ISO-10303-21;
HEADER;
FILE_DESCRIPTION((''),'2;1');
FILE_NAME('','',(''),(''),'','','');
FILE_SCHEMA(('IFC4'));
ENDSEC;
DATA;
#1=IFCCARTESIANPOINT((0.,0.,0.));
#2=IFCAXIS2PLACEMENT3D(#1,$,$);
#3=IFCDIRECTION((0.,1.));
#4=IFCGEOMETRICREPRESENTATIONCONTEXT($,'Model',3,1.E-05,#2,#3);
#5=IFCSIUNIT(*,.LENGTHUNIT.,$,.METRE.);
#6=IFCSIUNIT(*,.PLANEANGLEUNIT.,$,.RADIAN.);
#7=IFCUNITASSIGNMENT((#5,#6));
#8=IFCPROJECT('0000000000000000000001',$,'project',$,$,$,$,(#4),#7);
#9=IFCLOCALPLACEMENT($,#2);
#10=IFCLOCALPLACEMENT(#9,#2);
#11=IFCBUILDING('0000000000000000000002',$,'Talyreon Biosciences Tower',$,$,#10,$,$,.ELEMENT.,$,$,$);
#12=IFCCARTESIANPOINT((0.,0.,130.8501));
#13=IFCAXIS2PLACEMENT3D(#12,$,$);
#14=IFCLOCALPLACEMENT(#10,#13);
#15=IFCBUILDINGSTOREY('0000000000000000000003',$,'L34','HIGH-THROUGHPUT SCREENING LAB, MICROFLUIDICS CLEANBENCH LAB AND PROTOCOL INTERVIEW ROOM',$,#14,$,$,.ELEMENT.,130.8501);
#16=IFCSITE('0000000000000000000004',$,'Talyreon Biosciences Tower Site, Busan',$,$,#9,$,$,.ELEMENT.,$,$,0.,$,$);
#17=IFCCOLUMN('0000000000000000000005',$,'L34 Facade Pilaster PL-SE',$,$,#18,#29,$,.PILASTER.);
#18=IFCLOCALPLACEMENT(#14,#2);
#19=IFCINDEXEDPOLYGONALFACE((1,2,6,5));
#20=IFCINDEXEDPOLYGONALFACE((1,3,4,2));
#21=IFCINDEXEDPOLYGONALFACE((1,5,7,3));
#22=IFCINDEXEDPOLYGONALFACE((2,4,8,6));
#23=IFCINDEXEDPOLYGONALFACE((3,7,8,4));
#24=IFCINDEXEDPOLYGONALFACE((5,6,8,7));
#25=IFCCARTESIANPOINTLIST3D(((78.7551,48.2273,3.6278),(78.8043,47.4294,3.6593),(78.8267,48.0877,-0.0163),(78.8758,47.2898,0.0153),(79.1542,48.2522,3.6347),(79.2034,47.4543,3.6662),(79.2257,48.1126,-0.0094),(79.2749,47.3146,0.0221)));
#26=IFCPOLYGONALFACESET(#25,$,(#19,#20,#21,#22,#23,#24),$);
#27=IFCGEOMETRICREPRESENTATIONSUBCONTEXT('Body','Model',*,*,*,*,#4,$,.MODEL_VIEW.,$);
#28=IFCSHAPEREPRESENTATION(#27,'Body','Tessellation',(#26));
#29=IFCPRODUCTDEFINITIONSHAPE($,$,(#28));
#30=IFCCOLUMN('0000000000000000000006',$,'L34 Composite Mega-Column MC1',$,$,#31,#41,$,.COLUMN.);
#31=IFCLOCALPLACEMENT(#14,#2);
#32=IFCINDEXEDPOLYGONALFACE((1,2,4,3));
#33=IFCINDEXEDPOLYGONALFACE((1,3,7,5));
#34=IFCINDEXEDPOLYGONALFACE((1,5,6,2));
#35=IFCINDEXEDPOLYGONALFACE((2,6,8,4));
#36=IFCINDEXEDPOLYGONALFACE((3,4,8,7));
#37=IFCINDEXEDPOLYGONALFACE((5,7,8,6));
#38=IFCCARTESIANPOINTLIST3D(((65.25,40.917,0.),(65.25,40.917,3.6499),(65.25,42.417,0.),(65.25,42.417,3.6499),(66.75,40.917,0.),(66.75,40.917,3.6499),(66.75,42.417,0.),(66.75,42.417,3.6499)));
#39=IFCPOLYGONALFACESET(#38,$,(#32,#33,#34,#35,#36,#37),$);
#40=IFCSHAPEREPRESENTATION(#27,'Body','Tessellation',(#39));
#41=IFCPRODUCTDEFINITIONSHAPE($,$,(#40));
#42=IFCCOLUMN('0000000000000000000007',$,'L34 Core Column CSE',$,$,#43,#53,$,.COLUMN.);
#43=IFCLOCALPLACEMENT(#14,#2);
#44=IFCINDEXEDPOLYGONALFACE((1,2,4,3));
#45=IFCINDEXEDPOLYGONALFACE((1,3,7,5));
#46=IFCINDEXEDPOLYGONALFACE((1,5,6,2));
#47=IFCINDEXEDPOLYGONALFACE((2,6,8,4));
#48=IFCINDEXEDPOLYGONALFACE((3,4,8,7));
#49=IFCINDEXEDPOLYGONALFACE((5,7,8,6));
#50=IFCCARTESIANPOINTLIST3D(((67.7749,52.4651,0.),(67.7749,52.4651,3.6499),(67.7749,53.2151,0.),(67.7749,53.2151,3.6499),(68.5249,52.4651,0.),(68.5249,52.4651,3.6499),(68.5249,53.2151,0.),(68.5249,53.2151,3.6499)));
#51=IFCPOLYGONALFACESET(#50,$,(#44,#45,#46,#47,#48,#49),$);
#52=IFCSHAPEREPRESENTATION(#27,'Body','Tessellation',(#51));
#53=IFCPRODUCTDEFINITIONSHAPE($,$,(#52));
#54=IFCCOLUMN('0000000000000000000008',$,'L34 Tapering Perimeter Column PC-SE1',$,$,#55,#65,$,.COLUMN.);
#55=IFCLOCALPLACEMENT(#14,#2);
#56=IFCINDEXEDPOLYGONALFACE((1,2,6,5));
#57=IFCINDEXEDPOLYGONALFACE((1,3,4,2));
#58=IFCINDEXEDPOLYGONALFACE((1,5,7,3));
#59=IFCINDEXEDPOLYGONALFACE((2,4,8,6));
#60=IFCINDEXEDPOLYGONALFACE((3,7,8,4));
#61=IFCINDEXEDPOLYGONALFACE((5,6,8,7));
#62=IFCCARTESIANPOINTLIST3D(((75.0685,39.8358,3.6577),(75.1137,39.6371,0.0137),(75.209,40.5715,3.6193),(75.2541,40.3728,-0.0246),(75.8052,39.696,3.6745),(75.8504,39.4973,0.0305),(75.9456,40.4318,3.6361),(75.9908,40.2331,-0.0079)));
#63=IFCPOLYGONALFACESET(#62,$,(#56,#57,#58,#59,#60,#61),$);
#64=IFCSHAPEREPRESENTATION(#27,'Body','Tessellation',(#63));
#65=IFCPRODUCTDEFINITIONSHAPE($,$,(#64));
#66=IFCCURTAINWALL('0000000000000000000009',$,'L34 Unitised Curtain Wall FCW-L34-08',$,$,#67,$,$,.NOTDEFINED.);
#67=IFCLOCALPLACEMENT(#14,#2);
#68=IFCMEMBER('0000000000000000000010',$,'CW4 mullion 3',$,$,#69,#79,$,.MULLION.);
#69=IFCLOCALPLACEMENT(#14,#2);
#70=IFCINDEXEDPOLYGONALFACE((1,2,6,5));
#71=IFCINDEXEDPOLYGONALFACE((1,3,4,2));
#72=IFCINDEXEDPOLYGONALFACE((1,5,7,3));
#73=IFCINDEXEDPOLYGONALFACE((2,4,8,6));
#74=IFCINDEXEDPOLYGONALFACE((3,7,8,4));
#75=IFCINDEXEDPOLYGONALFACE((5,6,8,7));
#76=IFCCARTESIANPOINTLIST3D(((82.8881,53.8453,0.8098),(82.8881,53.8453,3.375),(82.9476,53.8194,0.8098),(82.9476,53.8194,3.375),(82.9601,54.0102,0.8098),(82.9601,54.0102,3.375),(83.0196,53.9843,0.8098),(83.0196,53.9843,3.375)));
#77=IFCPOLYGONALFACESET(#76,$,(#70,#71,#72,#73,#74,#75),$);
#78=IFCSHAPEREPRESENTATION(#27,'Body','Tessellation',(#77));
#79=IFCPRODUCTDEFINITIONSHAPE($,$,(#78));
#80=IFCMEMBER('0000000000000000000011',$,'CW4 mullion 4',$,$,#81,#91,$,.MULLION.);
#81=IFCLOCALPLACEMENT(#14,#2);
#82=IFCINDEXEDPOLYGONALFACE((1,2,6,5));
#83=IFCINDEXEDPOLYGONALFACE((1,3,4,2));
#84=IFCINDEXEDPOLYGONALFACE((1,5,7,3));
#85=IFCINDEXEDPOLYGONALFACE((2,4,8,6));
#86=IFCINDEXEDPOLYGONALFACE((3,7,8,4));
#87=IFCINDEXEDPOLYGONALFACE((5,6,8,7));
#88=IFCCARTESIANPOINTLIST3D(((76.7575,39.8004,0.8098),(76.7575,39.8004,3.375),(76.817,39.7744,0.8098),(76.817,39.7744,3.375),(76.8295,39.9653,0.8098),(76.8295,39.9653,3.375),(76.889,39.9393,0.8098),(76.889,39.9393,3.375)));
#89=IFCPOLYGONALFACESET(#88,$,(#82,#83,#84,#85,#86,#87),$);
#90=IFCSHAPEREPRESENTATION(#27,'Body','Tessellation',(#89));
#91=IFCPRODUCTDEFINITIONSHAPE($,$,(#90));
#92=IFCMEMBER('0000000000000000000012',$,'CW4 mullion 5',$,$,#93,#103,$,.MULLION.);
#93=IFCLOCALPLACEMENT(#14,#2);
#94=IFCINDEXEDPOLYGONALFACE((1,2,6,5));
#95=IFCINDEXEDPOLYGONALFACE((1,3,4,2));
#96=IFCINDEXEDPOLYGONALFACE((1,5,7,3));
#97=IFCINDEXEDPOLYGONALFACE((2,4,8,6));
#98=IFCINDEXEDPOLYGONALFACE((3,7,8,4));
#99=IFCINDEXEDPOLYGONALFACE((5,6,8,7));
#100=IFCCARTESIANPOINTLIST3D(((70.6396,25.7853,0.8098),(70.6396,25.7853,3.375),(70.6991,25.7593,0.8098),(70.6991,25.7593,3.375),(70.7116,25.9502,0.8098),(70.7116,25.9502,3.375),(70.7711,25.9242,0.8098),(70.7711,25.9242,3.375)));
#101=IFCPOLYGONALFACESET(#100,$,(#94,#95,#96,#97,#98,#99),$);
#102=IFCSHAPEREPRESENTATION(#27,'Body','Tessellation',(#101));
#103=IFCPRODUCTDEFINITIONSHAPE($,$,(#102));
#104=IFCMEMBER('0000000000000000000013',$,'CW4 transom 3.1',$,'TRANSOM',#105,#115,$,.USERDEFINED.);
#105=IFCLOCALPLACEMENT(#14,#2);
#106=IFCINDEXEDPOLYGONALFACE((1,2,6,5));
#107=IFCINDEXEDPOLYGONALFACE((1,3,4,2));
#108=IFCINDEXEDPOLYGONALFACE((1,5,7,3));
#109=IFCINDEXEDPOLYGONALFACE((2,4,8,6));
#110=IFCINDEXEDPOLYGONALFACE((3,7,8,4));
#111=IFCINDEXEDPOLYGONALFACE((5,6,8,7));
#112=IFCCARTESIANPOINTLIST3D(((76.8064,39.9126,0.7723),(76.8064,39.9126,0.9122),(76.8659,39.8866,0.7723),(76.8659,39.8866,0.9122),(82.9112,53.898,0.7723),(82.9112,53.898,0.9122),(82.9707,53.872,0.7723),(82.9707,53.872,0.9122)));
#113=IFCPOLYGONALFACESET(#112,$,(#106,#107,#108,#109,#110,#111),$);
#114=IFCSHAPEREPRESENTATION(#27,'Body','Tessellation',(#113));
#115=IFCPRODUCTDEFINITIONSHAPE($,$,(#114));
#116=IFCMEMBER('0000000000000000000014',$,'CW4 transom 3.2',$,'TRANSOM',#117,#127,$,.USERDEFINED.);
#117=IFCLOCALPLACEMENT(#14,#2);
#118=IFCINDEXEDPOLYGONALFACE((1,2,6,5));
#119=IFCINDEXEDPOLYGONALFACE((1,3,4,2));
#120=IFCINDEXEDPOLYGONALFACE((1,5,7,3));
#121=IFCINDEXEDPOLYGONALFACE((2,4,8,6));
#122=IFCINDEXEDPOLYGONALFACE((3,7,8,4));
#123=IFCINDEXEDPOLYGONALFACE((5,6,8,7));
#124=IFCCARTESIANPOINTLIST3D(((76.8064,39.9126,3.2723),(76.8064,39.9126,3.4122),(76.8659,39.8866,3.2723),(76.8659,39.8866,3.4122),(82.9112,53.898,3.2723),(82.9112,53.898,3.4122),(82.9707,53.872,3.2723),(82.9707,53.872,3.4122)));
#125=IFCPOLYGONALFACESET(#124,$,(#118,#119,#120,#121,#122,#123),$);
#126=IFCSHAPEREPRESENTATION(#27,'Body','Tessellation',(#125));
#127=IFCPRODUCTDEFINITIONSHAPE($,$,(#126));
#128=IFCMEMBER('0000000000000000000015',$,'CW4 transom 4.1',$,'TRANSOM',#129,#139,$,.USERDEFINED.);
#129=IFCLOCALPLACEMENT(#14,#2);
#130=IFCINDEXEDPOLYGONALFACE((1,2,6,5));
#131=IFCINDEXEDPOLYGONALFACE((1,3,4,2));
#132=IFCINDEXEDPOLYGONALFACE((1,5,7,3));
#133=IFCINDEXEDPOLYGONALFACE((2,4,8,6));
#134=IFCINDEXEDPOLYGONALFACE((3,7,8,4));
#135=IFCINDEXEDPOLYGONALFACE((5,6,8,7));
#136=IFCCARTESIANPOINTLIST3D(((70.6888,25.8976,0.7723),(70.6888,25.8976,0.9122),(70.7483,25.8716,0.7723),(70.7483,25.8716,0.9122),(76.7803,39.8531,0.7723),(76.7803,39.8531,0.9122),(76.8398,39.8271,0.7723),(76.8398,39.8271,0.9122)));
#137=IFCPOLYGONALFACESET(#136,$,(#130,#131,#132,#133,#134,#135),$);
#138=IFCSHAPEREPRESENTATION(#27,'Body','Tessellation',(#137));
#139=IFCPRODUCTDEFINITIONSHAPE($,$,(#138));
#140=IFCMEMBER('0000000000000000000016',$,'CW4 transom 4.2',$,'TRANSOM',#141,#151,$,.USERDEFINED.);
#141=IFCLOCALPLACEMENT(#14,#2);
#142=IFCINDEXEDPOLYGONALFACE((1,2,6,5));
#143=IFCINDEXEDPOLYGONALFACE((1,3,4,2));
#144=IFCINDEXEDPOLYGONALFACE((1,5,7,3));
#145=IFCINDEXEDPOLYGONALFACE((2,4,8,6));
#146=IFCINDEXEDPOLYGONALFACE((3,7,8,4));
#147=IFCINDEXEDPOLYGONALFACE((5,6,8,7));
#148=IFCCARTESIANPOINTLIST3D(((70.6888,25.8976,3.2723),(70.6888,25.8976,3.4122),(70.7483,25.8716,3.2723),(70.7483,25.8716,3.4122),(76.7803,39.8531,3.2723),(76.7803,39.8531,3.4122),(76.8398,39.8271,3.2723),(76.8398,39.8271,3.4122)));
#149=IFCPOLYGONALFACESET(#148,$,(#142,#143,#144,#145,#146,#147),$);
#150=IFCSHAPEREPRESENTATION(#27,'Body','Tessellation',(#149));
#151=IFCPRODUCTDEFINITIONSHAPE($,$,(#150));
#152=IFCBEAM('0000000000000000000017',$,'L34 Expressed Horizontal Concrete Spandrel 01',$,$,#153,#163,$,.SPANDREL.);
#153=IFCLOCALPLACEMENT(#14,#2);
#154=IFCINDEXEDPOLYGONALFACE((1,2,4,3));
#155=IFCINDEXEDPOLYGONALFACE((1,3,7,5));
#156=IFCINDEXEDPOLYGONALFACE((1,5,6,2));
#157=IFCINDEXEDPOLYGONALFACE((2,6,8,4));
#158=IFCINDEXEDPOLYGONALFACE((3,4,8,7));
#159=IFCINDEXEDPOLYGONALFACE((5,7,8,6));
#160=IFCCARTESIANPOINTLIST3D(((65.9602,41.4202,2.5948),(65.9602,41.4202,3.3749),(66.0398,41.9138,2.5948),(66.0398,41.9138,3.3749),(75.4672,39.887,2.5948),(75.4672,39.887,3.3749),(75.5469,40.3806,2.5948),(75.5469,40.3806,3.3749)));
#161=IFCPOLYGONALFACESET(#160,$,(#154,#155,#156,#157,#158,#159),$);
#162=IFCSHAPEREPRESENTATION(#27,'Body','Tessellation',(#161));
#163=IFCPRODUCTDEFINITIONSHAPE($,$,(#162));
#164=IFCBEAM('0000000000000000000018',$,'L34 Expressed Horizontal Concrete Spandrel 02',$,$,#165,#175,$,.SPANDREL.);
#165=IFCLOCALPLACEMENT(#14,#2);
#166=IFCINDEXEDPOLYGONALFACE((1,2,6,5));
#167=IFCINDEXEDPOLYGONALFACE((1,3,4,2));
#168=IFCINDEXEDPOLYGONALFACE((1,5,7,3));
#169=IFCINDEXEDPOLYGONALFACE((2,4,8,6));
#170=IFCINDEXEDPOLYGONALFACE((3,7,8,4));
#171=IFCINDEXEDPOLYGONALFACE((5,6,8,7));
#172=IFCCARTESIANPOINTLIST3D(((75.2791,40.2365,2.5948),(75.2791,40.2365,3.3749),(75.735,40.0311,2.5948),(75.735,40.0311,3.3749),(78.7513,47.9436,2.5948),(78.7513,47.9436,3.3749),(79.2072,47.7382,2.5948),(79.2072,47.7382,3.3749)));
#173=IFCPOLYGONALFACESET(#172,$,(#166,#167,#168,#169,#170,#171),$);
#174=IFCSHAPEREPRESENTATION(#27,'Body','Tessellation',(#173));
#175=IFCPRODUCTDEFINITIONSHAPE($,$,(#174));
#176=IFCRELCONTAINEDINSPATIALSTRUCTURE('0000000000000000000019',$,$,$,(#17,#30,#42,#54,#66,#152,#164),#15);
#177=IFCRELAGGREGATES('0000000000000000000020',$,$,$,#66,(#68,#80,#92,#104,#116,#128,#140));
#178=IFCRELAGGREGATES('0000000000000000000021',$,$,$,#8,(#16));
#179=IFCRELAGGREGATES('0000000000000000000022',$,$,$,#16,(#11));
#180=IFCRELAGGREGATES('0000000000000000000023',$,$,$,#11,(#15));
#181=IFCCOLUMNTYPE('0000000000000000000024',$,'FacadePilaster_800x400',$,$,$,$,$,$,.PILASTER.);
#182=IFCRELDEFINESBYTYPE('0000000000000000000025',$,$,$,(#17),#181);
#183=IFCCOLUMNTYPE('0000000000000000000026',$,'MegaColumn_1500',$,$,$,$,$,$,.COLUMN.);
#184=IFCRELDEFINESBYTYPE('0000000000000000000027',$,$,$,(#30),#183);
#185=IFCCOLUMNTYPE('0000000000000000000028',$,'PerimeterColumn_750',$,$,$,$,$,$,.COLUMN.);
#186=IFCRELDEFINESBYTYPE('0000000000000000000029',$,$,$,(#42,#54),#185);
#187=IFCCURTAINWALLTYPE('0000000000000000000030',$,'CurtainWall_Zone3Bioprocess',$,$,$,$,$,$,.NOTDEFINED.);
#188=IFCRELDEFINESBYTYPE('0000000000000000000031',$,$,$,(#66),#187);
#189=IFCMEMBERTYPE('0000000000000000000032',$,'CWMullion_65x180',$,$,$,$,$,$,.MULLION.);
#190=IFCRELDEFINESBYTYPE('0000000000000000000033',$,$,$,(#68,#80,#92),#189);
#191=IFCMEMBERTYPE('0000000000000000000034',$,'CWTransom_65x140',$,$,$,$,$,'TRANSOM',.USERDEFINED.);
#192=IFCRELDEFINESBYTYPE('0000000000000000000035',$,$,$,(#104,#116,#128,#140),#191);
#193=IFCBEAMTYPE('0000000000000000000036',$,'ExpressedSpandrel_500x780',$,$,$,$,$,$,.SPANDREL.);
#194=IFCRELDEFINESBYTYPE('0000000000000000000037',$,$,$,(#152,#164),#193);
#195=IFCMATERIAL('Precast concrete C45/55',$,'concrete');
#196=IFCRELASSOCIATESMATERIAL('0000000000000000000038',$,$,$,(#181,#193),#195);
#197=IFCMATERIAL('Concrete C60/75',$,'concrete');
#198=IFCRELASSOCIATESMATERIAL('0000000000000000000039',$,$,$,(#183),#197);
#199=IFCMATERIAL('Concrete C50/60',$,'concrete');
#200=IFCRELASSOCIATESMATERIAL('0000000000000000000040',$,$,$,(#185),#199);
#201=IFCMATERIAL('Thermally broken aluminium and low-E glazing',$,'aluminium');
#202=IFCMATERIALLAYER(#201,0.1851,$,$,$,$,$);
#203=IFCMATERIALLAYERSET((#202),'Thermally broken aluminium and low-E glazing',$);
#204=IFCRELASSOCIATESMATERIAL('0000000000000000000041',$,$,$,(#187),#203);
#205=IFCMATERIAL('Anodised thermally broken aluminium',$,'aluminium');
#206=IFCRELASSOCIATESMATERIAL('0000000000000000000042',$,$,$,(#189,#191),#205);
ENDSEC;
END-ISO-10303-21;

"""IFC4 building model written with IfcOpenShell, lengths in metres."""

from ifc_helpers import new_model, si_unit, direction, frame, origin, origin_2d, place, context, subcontext, project, spatial, rectangle, extrude, material, layer, layer_set, material_profile, profile_set, type_object, element, aggregate, save


model = new_model("IFC4")

# Units and contexts
model_context = context("Model", 3, precision=1e-05, world=origin(), true_north=direction((0.0, 1.0)))
body_context = subcontext(model_context, "Body", "Model", "MODEL_VIEW")
ifc_project = project(units=[si_unit("LENGTHUNIT", "METRE"), si_unit("PLANEANGLEUNIT", "RADIAN")], contexts=[model_context])

# Site, building, storey
site_placement = place(None, origin())
site = spatial("IfcSite", under=ifc_project, at=site_placement, Name="Talyreon Biosciences Tower Site, Busan", CompositionType="ELEMENT", RefElevation=0.0)
building_placement = place(site_placement, origin())
building = spatial("IfcBuilding", under=site, at=building_placement, Name="Talyreon Biosciences Tower", CompositionType="ELEMENT")
storey_placement = place(building_placement, frame((0.0, 0.0, 130.8501)))
storey = spatial("IfcBuildingStorey", under=building, at=storey_placement, Name="L34", Description="HIGH-THROUGHPUT SCREENING LAB, MICROFLUIDICS CLEANBENCH LAB AND PROTOCOL INTERVIEW ROOM", CompositionType="ELEMENT", Elevation=130.8501)

# Columns
ifc_material_1 = material(Name="Precast concrete C45/55", Category="concrete")
ifc_material_profile_1 = material_profile(ifc_material_1, rectangle(XDim=0.8, YDim=0.3999, at=origin_2d()), Name="RC 800x400")
ifc_profile_set_1 = profile_set([ifc_material_profile_1], Name="Precast concrete C45/55")
column_type_1 = type_object("IfcColumnType", Name="FacadePilaster_800x400", PredefinedType="PILASTER", material=ifc_profile_set_1)
column_1_placement = place(storey_placement, frame((79.0508, 47.7012, 0.0029), z_axis=(-0.019612, 0.038287, 0.999074), x_axis=(0.06145, -0.997331, 0.039426)))
element("IfcColumn", 1, at=column_1_placement, inside=storey, type_object=column_type_1, Name="L34 Facade Pilaster PL-SE", PredefinedType="PILASTER", context=body_context, shape_type="SweptSolid", body=[
    extrude(rectangle(XDim=0.8, YDim=0.3999, at=origin_2d()), origin(), (0.0, 0.0, 1.0), 3.6475),
])
ifc_material_2 = material(Name="Concrete C60/75", Category="concrete")
ifc_material_profile_2 = material_profile(ifc_material_2, rectangle(XDim=1.5, YDim=1.5, at=origin_2d()), Name="RC 1500x1500")
ifc_profile_set_2 = profile_set([ifc_material_profile_2], Name="Concrete C60/75")
column_type_2 = type_object("IfcColumnType", Name="MegaColumn_1500", PredefinedType="COLUMN", material=ifc_profile_set_2)
column_2_placement = place(storey_placement, frame((66.0, 41.667, 0.0), z_axis=(0.0, 0.0, 1.0), x_axis=(1.0, 0.0, 0.0)))
element("IfcColumn", 2, at=column_2_placement, inside=storey, type_object=column_type_2, Name="L34 Composite Mega-Column MC1", PredefinedType="COLUMN", context=body_context, shape_type="SweptSolid", body=[
    extrude(rectangle(XDim=1.5, YDim=1.5, at=origin_2d()), origin(), (0.0, 0.0, 1.0), 3.6499),
])
ifc_material_3 = material(Name="Concrete C50/60", Category="concrete")
ifc_material_profile_3 = material_profile(ifc_material_3, rectangle(XDim=0.75, YDim=0.75, at=origin_2d()), Name="RC 750x750")
ifc_profile_set_3 = profile_set([ifc_material_profile_3], Name="Concrete C50/60")
column_type_3 = type_object("IfcColumnType", Name="PerimeterColumn_750", PredefinedType="COLUMN", material=ifc_profile_set_3)
column_3_placement = place(storey_placement, frame((68.1499, 52.8401, 0.0), z_axis=(0.0, 0.0, 1.0), x_axis=(1.0, 0.0, 0.0)))
element("IfcColumn", 3, at=column_3_placement, inside=storey, type_object=column_type_3, Name="L34 Core Column CSE", PredefinedType="COLUMN", context=body_context, shape_type="SweptSolid", body=[
    extrude(rectangle(XDim=0.75, YDim=0.75, at=origin_2d()), origin(), (0.0, 0.0, 1.0), 3.6499),
])
column_4_placement = place(storey_placement, frame((75.5522, 39.9351, 0.0029), z_axis=(-0.012375, 0.054451, 0.99844), x_axis=(-0.187248, -0.980979, 0.051178)))
element("IfcColumn", 4, at=column_4_placement, inside=storey, type_object=column_type_3, Name="L34 Tapering Perimeter Column PC-SE1", PredefinedType="COLUMN", context=body_context, shape_type="SweptSolid", body=[
    extrude(rectangle(XDim=0.75, YDim=0.75, at=origin_2d()), origin(), (0.0, 0.0, 1.0), 3.6497),
])

# Curtain wall, members
ifc_material_4 = material(Name="Thermally broken aluminium and low-E glazing", Category="aluminium")
ifc_layer_1 = layer(ifc_material_4, 0.1851)
ifc_layer_set_1 = layer_set([ifc_layer_1], Name="Thermally broken aluminium and low-E glazing")
curtain_wall_type = type_object("IfcCurtainWallType", Name="CurtainWall_Zone3Bioprocess", PredefinedType="NOTDEFINED", material=ifc_layer_set_1)
curtain_wall_placement = place(storey_placement, origin())
curtain_wall = element("IfcCurtainWall", 5, at=curtain_wall_placement, inside=storey, type_object=curtain_wall_type, Name="L34 Unitised Curtain Wall FCW-L34-08", PredefinedType="NOTDEFINED")
ifc_material_5 = material(Name="Anodised thermally broken aluminium", Category="aluminium")
ifc_material_profile_4 = material_profile(ifc_material_5, rectangle(XDim=0.0649, YDim=0.1799, at=origin_2d()), Name="ALUM MULLION 65x180")
ifc_profile_set_4 = profile_set([ifc_material_profile_4], Name="Anodised thermally broken aluminium")
member_type_1 = type_object("IfcMemberType", Name="CWMullion_65x180", PredefinedType="MULLION", material=ifc_profile_set_4)
member_1_placement = place(storey_placement, frame((82.9539, 53.9148, 0.8098), z_axis=(0.0, 0.0, 1.0), x_axis=(0.91649, -0.400058, 0.0)))
member_1 = element("IfcMember", 6, at=member_1_placement, type_object=member_type_1, Name="CW4 mullion 3", PredefinedType="MULLION", context=body_context, shape_type="SweptSolid", body=[
    extrude(rectangle(XDim=0.0649, YDim=0.1799, at=origin_2d()), origin(), (0.0, 0.0, 1.0), 2.5652),
])
member_2_placement = place(storey_placement, frame((76.8232, 39.8699, 0.8098), z_axis=(0.0, 0.0, 1.0), x_axis=(0.91649, -0.400058, 0.0)))
member_2 = element("IfcMember", 7, at=member_2_placement, type_object=member_type_1, Name="CW4 mullion 4", PredefinedType="MULLION", context=body_context, shape_type="SweptSolid", body=[
    extrude(rectangle(XDim=0.0649, YDim=0.1799, at=origin_2d()), origin(), (0.0, 0.0, 1.0), 2.5652),
])
member_3_placement = place(storey_placement, frame((70.7053, 25.8547, 0.8098), z_axis=(0.0, 0.0, 1.0), x_axis=(0.91649, -0.400058, 0.0)))
member_3 = element("IfcMember", 8, at=member_3_placement, type_object=member_type_1, Name="CW4 mullion 5", PredefinedType="MULLION", context=body_context, shape_type="SweptSolid", body=[
    extrude(rectangle(XDim=0.0649, YDim=0.1799, at=origin_2d()), origin(), (0.0, 0.0, 1.0), 2.5652),
])
ifc_material_profile_5 = material_profile(ifc_material_5, rectangle(XDim=0.0649, YDim=0.1399, at=origin_2d()), Name="ALUM TRANSOM 65x140")
ifc_profile_set_5 = profile_set([ifc_material_profile_5], Name="Anodised thermally broken aluminium")
member_type_2 = type_object("IfcMemberType", Name="CWTransom_65x140", ElementType="TRANSOM", PredefinedType="USERDEFINED", material=ifc_profile_set_5)
member_4_placement = place(storey_placement, frame((82.9409, 53.885, 0.8423), z_axis=(-0.400057, -0.91649, 0.0), x_axis=(0.91649, -0.400057, 0.0)))
member_4 = element("IfcMember", 9, at=member_4_placement, type_object=member_type_2, Name="CW4 transom 3.1", ObjectType="TRANSOM", PredefinedType="USERDEFINED", context=body_context, shape_type="SweptSolid", body=[
    extrude(rectangle(XDim=0.0649, YDim=0.1399, at=origin_2d()), origin(), (0.0, 0.0, 1.0), 15.2598),
])
member_5_placement = place(storey_placement, frame((82.9409, 53.885, 3.3423), z_axis=(-0.400057, -0.91649, 0.0), x_axis=(0.91649, -0.400057, 0.0)))
member_5 = element("IfcMember", 10, at=member_5_placement, type_object=member_type_2, Name="CW4 transom 3.2", ObjectType="TRANSOM", PredefinedType="USERDEFINED", context=body_context, shape_type="SweptSolid", body=[
    extrude(rectangle(XDim=0.0649, YDim=0.1399, at=origin_2d()), origin(), (0.0, 0.0, 1.0), 15.2598),
])
member_6_placement = place(storey_placement, frame((76.8101, 39.8401, 0.8423), z_axis=(-0.400047, -0.916495, 0.0), x_axis=(0.916495, -0.400047, 0.0)))
member_6 = element("IfcMember", 11, at=member_6_placement, type_object=member_type_2, Name="CW4 transom 4.1", ObjectType="TRANSOM", PredefinedType="USERDEFINED", context=body_context, shape_type="SweptSolid", body=[
    extrude(rectangle(XDim=0.0649, YDim=0.1399, at=origin_2d()), origin(), (0.0, 0.0, 1.0), 15.2271),
])
member_7_placement = place(storey_placement, frame((76.8101, 39.8401, 3.3423), z_axis=(-0.400047, -0.916495, 0.0), x_axis=(0.916495, -0.400047, 0.0)))
member_7 = element("IfcMember", 12, at=member_7_placement, type_object=member_type_2, Name="CW4 transom 4.2", ObjectType="TRANSOM", PredefinedType="USERDEFINED", context=body_context, shape_type="SweptSolid", body=[
    extrude(rectangle(XDim=0.0649, YDim=0.1399, at=origin_2d()), origin(), (0.0, 0.0, 1.0), 15.2271),
])

# Beams
ifc_material_profile_6 = material_profile(ifc_material_1, rectangle(XDim=0.5, YDim=0.78, at=origin_2d()), Name="RCB 500x780")
ifc_profile_set_6 = profile_set([ifc_material_profile_6], Name="Precast concrete C45/55")
beam_type_1 = type_object("IfcBeamType", Name="ExpressedSpandrel_500x780", PredefinedType="SPANDREL", material=ifc_profile_set_6)
beam_1_placement = place(storey_placement, frame((66.0, 41.667, 2.9849), z_axis=(0.987244, -0.159213, 0.0), x_axis=(0.159213, 0.987244, 0.0)))
element("IfcBeam", 13, at=beam_1_placement, inside=storey, type_object=beam_type_1, Name="L34 Expressed Horizontal Concrete Spandrel 01", PredefinedType="SPANDREL", context=body_context, shape_type="SweptSolid", body=[
    extrude(rectangle(XDim=0.5, YDim=0.78, at=origin_2d()), origin(), (0.0, 0.0, 1.0), 9.6299),
])
beam_2_placement = place(storey_placement, frame((75.5071, 40.1338, 2.9849), z_axis=(0.410759, 0.911744, 0.0), x_axis=(-0.911744, 0.410759, 0.0)))
element("IfcBeam", 14, at=beam_2_placement, inside=storey, type_object=beam_type_1, Name="L34 Expressed Horizontal Concrete Spandrel 02", PredefinedType="SPANDREL", context=body_context, shape_type="SweptSolid", body=[
    extrude(rectangle(XDim=0.5, YDim=0.78, at=origin_2d()), origin(), (0.0, 0.0, 1.0), 8.4531),
])

aggregate(curtain_wall, [member_1, member_2, member_3, member_4, member_5, member_6, member_7])

save(model, "model.ifc")
